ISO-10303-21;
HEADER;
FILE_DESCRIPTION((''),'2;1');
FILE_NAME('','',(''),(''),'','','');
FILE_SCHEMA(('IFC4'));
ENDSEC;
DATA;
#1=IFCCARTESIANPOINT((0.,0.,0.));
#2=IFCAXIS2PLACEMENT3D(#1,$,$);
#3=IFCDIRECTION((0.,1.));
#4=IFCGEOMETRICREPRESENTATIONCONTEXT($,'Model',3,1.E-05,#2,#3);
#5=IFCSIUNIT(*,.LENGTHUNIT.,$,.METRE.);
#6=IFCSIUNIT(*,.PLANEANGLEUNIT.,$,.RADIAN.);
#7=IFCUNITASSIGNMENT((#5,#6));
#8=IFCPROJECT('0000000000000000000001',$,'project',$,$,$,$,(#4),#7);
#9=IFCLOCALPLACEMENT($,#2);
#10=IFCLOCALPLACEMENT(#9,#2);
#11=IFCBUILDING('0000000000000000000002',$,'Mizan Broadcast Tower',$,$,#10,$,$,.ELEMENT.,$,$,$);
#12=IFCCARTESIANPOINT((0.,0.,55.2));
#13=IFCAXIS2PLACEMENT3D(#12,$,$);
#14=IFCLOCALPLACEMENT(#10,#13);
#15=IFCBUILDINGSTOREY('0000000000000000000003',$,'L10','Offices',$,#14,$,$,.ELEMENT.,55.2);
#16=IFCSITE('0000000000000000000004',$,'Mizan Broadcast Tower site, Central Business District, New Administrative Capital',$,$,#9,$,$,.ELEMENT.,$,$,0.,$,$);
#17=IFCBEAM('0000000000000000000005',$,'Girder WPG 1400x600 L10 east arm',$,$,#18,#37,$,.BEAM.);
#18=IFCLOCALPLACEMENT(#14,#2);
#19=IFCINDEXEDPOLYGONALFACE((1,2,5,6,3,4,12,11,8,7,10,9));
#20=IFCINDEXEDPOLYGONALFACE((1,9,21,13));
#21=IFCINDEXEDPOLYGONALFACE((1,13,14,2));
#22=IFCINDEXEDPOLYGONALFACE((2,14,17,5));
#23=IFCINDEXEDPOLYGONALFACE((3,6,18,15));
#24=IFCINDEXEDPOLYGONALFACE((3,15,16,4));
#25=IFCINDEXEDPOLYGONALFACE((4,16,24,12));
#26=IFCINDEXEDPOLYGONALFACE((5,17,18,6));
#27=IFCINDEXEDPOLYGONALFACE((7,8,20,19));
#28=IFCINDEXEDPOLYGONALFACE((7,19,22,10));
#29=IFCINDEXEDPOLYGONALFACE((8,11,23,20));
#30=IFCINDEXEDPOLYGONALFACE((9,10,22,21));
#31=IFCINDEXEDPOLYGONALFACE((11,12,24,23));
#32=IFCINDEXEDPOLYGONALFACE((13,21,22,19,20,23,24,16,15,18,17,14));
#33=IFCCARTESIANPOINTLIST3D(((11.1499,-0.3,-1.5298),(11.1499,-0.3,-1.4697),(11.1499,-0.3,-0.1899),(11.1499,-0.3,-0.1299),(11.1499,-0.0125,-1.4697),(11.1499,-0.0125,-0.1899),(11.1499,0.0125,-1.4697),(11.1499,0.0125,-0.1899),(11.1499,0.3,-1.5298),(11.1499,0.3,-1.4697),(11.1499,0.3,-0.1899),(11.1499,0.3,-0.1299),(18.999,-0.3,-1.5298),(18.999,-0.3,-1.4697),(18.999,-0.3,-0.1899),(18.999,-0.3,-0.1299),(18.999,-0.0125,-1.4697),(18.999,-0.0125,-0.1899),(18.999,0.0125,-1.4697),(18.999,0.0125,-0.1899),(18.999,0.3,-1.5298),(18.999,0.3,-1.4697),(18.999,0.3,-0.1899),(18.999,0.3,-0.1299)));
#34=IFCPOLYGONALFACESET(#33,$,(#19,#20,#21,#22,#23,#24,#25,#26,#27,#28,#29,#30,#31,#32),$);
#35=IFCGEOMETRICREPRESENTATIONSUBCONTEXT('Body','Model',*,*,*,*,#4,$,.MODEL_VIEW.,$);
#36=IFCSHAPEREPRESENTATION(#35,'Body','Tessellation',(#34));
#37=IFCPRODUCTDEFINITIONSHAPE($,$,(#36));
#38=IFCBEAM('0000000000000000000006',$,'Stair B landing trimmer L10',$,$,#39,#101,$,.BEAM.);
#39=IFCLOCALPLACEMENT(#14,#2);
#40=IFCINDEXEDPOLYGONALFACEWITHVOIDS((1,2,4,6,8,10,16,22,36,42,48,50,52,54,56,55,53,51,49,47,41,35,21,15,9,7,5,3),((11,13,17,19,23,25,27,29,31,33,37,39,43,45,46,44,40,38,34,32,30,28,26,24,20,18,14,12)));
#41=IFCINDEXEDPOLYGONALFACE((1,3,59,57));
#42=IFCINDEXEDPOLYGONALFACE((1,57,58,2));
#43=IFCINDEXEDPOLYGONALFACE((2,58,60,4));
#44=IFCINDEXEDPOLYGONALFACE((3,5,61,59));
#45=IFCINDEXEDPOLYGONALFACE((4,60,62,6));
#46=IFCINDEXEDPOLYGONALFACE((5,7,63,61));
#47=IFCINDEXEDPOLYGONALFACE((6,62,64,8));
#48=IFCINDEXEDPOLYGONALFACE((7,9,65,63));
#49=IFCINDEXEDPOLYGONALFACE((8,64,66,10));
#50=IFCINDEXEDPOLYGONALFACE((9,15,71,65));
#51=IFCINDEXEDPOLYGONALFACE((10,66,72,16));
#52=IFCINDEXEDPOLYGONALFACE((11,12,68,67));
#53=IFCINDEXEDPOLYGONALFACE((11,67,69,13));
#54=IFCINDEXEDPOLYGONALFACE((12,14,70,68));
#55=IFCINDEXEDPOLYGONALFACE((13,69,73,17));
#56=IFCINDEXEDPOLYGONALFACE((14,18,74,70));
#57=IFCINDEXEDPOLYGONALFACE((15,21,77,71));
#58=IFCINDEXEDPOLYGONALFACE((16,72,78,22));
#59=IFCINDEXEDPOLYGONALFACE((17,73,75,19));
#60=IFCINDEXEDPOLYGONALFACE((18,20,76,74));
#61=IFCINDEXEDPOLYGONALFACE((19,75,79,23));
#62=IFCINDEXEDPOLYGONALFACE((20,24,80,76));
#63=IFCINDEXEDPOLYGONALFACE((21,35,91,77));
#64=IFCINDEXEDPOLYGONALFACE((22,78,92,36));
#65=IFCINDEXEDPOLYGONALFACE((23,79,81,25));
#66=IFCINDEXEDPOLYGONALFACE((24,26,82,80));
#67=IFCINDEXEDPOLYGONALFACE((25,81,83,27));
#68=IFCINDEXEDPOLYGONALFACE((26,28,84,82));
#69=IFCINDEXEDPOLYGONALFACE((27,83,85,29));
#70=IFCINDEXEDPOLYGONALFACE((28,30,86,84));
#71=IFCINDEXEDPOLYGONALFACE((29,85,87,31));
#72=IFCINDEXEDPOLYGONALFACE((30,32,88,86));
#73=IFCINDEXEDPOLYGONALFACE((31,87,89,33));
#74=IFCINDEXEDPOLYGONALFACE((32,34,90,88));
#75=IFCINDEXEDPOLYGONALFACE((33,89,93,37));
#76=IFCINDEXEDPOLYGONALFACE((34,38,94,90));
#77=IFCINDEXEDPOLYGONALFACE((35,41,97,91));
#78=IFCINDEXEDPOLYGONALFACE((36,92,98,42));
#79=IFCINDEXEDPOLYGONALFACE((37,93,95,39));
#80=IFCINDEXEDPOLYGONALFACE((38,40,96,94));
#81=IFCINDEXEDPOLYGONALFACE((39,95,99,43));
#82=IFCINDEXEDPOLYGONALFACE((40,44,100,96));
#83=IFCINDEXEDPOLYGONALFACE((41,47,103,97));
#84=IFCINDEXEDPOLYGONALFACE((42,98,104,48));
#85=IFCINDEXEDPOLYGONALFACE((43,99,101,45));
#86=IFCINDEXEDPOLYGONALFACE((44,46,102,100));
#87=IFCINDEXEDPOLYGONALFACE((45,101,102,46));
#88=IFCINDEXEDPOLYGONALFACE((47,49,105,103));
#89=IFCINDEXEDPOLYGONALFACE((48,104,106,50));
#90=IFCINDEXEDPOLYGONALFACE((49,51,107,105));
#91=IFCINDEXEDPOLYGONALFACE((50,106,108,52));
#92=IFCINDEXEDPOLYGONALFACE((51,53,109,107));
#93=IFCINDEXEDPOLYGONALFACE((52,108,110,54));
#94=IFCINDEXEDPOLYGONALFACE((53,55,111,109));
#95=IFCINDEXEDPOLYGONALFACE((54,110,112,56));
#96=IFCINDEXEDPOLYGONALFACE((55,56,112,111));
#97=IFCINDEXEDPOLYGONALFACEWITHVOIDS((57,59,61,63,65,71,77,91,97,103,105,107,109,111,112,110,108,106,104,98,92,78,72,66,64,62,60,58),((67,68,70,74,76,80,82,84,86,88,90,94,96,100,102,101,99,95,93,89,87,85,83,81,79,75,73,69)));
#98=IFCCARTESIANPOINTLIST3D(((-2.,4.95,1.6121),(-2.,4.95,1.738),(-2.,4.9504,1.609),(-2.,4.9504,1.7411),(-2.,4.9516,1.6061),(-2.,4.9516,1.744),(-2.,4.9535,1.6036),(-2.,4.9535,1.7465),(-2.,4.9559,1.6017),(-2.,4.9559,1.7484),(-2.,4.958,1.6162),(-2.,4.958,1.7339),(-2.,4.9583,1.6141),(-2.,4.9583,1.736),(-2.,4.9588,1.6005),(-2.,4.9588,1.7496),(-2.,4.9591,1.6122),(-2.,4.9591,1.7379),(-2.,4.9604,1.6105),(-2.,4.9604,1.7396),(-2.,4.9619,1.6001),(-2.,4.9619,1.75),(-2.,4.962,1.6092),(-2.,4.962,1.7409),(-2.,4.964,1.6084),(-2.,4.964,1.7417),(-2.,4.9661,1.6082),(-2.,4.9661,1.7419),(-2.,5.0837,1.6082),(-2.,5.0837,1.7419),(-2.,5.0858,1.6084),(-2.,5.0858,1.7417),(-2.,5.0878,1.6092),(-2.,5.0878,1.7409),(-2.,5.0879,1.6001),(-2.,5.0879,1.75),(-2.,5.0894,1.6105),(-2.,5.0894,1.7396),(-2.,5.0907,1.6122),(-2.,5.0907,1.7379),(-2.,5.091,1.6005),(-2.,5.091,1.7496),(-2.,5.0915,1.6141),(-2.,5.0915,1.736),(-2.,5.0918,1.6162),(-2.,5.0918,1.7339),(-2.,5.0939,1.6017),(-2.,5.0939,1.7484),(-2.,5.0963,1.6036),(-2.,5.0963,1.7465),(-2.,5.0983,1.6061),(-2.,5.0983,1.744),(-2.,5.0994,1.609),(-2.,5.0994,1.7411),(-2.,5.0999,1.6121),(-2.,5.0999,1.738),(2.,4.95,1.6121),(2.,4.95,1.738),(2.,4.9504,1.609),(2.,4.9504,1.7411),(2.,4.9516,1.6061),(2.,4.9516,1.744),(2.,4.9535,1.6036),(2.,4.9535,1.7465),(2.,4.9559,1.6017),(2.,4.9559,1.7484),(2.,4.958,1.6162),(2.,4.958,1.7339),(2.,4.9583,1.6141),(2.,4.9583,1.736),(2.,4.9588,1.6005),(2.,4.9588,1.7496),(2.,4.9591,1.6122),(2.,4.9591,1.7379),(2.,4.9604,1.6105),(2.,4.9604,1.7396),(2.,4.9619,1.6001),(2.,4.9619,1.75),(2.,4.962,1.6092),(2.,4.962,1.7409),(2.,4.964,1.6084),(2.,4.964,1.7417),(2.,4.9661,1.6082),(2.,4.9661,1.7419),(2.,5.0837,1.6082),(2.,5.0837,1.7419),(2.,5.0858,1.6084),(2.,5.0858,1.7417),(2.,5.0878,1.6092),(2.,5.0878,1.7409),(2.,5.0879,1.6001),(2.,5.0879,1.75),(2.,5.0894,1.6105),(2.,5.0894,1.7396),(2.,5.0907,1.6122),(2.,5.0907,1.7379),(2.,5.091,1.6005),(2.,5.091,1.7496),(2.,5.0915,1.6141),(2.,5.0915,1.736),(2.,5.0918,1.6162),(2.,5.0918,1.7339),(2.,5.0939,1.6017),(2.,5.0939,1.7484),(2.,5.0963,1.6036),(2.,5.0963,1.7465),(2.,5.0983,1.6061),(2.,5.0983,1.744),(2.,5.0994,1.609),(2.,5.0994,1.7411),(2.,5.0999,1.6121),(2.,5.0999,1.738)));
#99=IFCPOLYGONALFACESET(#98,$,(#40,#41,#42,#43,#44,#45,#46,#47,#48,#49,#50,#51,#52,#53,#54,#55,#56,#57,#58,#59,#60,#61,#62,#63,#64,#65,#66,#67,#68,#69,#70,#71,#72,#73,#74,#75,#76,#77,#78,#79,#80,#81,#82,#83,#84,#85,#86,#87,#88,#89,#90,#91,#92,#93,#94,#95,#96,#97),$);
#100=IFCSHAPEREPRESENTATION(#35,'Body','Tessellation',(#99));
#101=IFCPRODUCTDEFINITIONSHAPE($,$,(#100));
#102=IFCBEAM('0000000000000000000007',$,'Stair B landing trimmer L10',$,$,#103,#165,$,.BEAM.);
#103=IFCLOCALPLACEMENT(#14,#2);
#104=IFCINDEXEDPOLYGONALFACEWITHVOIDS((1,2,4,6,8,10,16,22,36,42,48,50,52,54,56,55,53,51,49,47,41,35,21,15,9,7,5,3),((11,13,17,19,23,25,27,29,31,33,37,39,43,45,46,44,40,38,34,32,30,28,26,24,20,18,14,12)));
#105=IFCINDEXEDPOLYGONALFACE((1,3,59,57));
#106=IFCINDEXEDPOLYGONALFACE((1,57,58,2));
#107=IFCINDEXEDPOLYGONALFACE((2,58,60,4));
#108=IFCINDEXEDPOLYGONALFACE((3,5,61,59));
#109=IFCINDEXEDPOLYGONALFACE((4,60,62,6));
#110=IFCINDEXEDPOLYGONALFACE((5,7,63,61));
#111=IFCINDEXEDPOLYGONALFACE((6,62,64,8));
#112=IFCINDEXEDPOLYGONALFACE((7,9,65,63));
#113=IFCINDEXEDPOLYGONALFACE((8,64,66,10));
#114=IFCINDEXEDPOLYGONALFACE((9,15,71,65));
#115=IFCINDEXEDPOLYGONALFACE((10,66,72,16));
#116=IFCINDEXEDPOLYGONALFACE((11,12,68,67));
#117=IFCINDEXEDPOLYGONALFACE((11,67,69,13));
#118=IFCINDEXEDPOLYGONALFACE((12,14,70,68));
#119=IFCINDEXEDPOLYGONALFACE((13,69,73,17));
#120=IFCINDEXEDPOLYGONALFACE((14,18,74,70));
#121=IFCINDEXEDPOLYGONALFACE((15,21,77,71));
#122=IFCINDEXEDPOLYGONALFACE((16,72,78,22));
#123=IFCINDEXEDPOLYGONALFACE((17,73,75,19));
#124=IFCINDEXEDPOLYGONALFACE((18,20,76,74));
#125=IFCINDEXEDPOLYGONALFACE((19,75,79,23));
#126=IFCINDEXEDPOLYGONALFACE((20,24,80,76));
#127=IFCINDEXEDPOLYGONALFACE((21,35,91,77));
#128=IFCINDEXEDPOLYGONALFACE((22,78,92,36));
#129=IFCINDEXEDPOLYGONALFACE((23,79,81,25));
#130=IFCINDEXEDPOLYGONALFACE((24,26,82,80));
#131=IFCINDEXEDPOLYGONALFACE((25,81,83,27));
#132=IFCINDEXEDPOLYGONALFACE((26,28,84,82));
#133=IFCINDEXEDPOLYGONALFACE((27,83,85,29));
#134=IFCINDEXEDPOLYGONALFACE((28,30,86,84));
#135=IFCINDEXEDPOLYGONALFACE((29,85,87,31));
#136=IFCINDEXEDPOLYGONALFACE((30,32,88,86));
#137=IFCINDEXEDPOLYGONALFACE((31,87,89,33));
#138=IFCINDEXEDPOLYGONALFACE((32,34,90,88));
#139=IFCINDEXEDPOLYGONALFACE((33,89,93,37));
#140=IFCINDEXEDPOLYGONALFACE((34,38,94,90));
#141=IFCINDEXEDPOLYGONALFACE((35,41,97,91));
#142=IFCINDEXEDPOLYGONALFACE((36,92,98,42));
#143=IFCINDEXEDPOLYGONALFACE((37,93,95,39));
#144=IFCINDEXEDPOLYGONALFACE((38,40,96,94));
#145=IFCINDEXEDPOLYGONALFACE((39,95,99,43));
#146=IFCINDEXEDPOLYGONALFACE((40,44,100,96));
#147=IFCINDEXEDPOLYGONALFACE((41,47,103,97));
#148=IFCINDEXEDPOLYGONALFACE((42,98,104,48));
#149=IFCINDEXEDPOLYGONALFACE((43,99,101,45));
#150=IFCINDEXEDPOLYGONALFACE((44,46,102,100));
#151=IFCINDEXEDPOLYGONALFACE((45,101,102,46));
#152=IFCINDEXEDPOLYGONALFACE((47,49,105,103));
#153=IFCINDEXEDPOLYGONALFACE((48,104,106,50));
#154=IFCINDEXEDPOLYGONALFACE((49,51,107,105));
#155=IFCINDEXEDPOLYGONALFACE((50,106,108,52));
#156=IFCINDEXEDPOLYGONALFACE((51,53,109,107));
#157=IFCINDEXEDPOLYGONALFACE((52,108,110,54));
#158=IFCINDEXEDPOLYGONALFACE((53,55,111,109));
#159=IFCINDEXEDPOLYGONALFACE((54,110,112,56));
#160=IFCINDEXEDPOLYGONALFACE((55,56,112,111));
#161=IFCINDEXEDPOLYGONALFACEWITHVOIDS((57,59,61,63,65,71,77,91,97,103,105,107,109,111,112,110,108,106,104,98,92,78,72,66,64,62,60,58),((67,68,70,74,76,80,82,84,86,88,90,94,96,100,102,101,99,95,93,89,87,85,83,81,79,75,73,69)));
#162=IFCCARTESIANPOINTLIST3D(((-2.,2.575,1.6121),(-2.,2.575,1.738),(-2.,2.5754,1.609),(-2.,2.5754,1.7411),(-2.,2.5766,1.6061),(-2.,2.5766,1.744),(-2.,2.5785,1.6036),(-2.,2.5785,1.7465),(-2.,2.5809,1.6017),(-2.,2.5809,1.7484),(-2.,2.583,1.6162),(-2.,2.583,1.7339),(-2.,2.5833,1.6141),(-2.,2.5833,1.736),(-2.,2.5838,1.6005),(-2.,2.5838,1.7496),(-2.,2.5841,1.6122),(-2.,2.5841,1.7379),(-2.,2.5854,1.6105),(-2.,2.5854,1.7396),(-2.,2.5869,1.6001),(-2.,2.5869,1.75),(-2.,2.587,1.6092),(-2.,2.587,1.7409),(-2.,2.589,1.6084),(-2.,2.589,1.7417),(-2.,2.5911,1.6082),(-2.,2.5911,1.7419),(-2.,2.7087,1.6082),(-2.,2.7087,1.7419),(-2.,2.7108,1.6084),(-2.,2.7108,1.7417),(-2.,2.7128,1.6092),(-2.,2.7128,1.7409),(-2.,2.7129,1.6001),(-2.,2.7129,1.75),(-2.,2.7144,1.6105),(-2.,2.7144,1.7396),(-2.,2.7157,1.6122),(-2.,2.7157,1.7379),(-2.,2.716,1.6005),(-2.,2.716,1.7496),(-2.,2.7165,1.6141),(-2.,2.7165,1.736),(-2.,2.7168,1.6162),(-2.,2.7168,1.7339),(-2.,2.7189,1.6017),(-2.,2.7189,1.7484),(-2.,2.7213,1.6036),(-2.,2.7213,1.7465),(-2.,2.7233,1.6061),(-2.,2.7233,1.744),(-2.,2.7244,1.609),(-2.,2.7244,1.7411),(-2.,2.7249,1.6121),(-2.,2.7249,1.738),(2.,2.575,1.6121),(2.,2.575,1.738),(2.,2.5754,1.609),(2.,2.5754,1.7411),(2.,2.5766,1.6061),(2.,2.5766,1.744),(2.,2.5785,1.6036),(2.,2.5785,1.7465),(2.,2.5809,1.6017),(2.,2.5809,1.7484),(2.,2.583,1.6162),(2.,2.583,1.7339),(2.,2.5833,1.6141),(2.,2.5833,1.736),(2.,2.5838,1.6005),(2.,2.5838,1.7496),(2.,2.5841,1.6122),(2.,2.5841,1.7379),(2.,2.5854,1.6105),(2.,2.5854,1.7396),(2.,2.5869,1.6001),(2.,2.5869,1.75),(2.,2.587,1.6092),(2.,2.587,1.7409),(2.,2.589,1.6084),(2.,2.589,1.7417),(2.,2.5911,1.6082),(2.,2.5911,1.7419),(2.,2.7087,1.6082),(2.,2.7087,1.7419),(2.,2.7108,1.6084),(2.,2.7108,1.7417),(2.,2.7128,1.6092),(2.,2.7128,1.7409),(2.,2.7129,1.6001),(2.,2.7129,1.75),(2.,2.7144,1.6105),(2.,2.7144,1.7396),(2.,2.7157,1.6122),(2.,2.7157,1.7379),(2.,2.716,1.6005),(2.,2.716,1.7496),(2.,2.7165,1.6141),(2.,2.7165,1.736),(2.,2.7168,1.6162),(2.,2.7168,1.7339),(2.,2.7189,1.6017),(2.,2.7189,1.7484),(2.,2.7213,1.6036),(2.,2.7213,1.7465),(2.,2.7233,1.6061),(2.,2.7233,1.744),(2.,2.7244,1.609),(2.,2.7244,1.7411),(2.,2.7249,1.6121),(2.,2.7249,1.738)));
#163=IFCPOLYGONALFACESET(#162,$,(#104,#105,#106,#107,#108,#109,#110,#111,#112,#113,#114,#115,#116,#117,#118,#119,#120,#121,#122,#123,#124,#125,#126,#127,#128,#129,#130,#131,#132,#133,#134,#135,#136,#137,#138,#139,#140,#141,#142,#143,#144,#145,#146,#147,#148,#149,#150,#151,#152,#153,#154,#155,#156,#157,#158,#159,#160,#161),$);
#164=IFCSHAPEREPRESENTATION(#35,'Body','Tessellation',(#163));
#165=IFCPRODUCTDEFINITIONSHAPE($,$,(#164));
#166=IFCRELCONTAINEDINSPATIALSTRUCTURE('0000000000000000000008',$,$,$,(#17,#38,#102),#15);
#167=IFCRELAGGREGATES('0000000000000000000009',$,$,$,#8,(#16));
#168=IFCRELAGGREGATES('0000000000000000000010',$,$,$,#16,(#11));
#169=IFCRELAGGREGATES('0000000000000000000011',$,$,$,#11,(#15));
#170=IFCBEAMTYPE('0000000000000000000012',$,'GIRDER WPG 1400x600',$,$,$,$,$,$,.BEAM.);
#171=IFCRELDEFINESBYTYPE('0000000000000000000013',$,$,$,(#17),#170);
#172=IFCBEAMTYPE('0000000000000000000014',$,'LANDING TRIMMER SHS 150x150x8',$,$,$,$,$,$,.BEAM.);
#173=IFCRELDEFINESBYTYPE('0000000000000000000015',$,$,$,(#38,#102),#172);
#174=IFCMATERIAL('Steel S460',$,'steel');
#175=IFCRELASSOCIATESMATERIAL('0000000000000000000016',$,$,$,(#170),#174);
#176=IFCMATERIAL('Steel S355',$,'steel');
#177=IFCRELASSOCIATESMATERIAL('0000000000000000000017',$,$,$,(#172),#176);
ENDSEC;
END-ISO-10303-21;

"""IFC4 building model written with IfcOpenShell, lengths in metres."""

from ifc_helpers import new_model, si_unit, direction, frame, origin, origin_2d, place, context, subcontext, project, spatial, hollow_rectangle, i_section, extrude, material, material_profile, profile_set, type_object, element, save


model = new_model("IFC4")

# Units and contexts
model_context = context("Model", 3, precision=1e-05, world=origin(), true_north=direction((0.0, 1.0)))
body_context = subcontext(model_context, "Body", "Model", "MODEL_VIEW")
ifc_project = project(units=[si_unit("LENGTHUNIT", "METRE"), si_unit("PLANEANGLEUNIT", "RADIAN")], contexts=[model_context])

# Site, building, storey
site_placement = place(None, origin())
site = spatial("IfcSite", under=ifc_project, at=site_placement, Name="Mizan Broadcast Tower site, Central Business District, New Administrative Capital", CompositionType="ELEMENT", RefElevation=0.0)
building_placement = place(site_placement, origin())
building = spatial("IfcBuilding", under=site, at=building_placement, Name="Mizan Broadcast Tower", CompositionType="ELEMENT")
storey_placement = place(building_placement, frame((0.0, 0.0, 55.2)))
storey = spatial("IfcBuildingStorey", under=building, at=storey_placement, Name="L10", Description="Offices", CompositionType="ELEMENT", Elevation=55.2)

# Beams
ifc_material_1 = material(Name="Steel S460", Category="steel")
ifc_material_profile_1 = material_profile(ifc_material_1, i_section(OverallWidth=0.6001, OverallDepth=1.3999, WebThickness=0.0249, FlangeThickness=0.0601, at=origin_2d()), Name="WPG 1400x600")
ifc_profile_set_1 = profile_set([ifc_material_profile_1], Name="Steel S460")
beam_type_1 = type_object("IfcBeamType", Name="GIRDER WPG 1400x600", PredefinedType="BEAM", material=ifc_profile_set_1)
beam_placement = place(storey_placement, frame((11.1499, 0.0, -0.8298), z_axis=(1.0, 0.0, 0.0), x_axis=(0.0, 1.0, 0.0)))
element("IfcBeam", 1, at=beam_placement, inside=storey, type_object=beam_type_1, Name="Girder WPG 1400x600 L10 east arm", PredefinedType="BEAM", context=body_context, shape_type="SweptSolid", body=[
    extrude(i_section(OverallWidth=0.6001, OverallDepth=1.3999, WebThickness=0.0249, FlangeThickness=0.0601, at=origin_2d()), origin(), (0.0, 0.0, 1.0), 7.8491),
])
ifc_material_2 = material(Name="Steel S355", Category="steel")
ifc_material_profile_2 = material_profile(ifc_material_2, hollow_rectangle(XDim=0.1499, YDim=0.1499, WallThickness=0.0081, InnerFilletRadius=0.0081, OuterFilletRadius=0.012, at=origin_2d()), Name="SHS 150x150x8")
ifc_profile_set_2 = profile_set([ifc_material_profile_2], Name="Steel S355")
beam_type_2 = type_object("IfcBeamType", Name="LANDING TRIMMER SHS 150x150x8", PredefinedType="BEAM", material=ifc_profile_set_2)
for number, where, z_axis, x_axis, name in (
    (2, (2.0, 5.0249, 1.675), (-1.0, 0.0, 0.0), (0.0, -1.0, 0.0), "Stair B landing trimmer L10"),
    (3, (2.0, 2.6499, 1.675), (-1.0, 0.0, 0.0), (0.0, -1.0, 0.0), "Stair B landing trimmer L10"),
):
    element("IfcBeam", number, at=place(storey_placement, frame(where, z_axis=z_axis, x_axis=x_axis)), inside=storey, type_object=beam_type_2, Name=name, PredefinedType="BEAM", context=body_context, shape_type="SweptSolid", body=[
        extrude(hollow_rectangle(XDim=0.1499, YDim=0.1499, WallThickness=0.0081, InnerFilletRadius=0.0081, OuterFilletRadius=0.012, at=origin_2d()), origin(), (0.0, 0.0, 1.0), 4.0),
    ])

save(model, "model.ifc")
